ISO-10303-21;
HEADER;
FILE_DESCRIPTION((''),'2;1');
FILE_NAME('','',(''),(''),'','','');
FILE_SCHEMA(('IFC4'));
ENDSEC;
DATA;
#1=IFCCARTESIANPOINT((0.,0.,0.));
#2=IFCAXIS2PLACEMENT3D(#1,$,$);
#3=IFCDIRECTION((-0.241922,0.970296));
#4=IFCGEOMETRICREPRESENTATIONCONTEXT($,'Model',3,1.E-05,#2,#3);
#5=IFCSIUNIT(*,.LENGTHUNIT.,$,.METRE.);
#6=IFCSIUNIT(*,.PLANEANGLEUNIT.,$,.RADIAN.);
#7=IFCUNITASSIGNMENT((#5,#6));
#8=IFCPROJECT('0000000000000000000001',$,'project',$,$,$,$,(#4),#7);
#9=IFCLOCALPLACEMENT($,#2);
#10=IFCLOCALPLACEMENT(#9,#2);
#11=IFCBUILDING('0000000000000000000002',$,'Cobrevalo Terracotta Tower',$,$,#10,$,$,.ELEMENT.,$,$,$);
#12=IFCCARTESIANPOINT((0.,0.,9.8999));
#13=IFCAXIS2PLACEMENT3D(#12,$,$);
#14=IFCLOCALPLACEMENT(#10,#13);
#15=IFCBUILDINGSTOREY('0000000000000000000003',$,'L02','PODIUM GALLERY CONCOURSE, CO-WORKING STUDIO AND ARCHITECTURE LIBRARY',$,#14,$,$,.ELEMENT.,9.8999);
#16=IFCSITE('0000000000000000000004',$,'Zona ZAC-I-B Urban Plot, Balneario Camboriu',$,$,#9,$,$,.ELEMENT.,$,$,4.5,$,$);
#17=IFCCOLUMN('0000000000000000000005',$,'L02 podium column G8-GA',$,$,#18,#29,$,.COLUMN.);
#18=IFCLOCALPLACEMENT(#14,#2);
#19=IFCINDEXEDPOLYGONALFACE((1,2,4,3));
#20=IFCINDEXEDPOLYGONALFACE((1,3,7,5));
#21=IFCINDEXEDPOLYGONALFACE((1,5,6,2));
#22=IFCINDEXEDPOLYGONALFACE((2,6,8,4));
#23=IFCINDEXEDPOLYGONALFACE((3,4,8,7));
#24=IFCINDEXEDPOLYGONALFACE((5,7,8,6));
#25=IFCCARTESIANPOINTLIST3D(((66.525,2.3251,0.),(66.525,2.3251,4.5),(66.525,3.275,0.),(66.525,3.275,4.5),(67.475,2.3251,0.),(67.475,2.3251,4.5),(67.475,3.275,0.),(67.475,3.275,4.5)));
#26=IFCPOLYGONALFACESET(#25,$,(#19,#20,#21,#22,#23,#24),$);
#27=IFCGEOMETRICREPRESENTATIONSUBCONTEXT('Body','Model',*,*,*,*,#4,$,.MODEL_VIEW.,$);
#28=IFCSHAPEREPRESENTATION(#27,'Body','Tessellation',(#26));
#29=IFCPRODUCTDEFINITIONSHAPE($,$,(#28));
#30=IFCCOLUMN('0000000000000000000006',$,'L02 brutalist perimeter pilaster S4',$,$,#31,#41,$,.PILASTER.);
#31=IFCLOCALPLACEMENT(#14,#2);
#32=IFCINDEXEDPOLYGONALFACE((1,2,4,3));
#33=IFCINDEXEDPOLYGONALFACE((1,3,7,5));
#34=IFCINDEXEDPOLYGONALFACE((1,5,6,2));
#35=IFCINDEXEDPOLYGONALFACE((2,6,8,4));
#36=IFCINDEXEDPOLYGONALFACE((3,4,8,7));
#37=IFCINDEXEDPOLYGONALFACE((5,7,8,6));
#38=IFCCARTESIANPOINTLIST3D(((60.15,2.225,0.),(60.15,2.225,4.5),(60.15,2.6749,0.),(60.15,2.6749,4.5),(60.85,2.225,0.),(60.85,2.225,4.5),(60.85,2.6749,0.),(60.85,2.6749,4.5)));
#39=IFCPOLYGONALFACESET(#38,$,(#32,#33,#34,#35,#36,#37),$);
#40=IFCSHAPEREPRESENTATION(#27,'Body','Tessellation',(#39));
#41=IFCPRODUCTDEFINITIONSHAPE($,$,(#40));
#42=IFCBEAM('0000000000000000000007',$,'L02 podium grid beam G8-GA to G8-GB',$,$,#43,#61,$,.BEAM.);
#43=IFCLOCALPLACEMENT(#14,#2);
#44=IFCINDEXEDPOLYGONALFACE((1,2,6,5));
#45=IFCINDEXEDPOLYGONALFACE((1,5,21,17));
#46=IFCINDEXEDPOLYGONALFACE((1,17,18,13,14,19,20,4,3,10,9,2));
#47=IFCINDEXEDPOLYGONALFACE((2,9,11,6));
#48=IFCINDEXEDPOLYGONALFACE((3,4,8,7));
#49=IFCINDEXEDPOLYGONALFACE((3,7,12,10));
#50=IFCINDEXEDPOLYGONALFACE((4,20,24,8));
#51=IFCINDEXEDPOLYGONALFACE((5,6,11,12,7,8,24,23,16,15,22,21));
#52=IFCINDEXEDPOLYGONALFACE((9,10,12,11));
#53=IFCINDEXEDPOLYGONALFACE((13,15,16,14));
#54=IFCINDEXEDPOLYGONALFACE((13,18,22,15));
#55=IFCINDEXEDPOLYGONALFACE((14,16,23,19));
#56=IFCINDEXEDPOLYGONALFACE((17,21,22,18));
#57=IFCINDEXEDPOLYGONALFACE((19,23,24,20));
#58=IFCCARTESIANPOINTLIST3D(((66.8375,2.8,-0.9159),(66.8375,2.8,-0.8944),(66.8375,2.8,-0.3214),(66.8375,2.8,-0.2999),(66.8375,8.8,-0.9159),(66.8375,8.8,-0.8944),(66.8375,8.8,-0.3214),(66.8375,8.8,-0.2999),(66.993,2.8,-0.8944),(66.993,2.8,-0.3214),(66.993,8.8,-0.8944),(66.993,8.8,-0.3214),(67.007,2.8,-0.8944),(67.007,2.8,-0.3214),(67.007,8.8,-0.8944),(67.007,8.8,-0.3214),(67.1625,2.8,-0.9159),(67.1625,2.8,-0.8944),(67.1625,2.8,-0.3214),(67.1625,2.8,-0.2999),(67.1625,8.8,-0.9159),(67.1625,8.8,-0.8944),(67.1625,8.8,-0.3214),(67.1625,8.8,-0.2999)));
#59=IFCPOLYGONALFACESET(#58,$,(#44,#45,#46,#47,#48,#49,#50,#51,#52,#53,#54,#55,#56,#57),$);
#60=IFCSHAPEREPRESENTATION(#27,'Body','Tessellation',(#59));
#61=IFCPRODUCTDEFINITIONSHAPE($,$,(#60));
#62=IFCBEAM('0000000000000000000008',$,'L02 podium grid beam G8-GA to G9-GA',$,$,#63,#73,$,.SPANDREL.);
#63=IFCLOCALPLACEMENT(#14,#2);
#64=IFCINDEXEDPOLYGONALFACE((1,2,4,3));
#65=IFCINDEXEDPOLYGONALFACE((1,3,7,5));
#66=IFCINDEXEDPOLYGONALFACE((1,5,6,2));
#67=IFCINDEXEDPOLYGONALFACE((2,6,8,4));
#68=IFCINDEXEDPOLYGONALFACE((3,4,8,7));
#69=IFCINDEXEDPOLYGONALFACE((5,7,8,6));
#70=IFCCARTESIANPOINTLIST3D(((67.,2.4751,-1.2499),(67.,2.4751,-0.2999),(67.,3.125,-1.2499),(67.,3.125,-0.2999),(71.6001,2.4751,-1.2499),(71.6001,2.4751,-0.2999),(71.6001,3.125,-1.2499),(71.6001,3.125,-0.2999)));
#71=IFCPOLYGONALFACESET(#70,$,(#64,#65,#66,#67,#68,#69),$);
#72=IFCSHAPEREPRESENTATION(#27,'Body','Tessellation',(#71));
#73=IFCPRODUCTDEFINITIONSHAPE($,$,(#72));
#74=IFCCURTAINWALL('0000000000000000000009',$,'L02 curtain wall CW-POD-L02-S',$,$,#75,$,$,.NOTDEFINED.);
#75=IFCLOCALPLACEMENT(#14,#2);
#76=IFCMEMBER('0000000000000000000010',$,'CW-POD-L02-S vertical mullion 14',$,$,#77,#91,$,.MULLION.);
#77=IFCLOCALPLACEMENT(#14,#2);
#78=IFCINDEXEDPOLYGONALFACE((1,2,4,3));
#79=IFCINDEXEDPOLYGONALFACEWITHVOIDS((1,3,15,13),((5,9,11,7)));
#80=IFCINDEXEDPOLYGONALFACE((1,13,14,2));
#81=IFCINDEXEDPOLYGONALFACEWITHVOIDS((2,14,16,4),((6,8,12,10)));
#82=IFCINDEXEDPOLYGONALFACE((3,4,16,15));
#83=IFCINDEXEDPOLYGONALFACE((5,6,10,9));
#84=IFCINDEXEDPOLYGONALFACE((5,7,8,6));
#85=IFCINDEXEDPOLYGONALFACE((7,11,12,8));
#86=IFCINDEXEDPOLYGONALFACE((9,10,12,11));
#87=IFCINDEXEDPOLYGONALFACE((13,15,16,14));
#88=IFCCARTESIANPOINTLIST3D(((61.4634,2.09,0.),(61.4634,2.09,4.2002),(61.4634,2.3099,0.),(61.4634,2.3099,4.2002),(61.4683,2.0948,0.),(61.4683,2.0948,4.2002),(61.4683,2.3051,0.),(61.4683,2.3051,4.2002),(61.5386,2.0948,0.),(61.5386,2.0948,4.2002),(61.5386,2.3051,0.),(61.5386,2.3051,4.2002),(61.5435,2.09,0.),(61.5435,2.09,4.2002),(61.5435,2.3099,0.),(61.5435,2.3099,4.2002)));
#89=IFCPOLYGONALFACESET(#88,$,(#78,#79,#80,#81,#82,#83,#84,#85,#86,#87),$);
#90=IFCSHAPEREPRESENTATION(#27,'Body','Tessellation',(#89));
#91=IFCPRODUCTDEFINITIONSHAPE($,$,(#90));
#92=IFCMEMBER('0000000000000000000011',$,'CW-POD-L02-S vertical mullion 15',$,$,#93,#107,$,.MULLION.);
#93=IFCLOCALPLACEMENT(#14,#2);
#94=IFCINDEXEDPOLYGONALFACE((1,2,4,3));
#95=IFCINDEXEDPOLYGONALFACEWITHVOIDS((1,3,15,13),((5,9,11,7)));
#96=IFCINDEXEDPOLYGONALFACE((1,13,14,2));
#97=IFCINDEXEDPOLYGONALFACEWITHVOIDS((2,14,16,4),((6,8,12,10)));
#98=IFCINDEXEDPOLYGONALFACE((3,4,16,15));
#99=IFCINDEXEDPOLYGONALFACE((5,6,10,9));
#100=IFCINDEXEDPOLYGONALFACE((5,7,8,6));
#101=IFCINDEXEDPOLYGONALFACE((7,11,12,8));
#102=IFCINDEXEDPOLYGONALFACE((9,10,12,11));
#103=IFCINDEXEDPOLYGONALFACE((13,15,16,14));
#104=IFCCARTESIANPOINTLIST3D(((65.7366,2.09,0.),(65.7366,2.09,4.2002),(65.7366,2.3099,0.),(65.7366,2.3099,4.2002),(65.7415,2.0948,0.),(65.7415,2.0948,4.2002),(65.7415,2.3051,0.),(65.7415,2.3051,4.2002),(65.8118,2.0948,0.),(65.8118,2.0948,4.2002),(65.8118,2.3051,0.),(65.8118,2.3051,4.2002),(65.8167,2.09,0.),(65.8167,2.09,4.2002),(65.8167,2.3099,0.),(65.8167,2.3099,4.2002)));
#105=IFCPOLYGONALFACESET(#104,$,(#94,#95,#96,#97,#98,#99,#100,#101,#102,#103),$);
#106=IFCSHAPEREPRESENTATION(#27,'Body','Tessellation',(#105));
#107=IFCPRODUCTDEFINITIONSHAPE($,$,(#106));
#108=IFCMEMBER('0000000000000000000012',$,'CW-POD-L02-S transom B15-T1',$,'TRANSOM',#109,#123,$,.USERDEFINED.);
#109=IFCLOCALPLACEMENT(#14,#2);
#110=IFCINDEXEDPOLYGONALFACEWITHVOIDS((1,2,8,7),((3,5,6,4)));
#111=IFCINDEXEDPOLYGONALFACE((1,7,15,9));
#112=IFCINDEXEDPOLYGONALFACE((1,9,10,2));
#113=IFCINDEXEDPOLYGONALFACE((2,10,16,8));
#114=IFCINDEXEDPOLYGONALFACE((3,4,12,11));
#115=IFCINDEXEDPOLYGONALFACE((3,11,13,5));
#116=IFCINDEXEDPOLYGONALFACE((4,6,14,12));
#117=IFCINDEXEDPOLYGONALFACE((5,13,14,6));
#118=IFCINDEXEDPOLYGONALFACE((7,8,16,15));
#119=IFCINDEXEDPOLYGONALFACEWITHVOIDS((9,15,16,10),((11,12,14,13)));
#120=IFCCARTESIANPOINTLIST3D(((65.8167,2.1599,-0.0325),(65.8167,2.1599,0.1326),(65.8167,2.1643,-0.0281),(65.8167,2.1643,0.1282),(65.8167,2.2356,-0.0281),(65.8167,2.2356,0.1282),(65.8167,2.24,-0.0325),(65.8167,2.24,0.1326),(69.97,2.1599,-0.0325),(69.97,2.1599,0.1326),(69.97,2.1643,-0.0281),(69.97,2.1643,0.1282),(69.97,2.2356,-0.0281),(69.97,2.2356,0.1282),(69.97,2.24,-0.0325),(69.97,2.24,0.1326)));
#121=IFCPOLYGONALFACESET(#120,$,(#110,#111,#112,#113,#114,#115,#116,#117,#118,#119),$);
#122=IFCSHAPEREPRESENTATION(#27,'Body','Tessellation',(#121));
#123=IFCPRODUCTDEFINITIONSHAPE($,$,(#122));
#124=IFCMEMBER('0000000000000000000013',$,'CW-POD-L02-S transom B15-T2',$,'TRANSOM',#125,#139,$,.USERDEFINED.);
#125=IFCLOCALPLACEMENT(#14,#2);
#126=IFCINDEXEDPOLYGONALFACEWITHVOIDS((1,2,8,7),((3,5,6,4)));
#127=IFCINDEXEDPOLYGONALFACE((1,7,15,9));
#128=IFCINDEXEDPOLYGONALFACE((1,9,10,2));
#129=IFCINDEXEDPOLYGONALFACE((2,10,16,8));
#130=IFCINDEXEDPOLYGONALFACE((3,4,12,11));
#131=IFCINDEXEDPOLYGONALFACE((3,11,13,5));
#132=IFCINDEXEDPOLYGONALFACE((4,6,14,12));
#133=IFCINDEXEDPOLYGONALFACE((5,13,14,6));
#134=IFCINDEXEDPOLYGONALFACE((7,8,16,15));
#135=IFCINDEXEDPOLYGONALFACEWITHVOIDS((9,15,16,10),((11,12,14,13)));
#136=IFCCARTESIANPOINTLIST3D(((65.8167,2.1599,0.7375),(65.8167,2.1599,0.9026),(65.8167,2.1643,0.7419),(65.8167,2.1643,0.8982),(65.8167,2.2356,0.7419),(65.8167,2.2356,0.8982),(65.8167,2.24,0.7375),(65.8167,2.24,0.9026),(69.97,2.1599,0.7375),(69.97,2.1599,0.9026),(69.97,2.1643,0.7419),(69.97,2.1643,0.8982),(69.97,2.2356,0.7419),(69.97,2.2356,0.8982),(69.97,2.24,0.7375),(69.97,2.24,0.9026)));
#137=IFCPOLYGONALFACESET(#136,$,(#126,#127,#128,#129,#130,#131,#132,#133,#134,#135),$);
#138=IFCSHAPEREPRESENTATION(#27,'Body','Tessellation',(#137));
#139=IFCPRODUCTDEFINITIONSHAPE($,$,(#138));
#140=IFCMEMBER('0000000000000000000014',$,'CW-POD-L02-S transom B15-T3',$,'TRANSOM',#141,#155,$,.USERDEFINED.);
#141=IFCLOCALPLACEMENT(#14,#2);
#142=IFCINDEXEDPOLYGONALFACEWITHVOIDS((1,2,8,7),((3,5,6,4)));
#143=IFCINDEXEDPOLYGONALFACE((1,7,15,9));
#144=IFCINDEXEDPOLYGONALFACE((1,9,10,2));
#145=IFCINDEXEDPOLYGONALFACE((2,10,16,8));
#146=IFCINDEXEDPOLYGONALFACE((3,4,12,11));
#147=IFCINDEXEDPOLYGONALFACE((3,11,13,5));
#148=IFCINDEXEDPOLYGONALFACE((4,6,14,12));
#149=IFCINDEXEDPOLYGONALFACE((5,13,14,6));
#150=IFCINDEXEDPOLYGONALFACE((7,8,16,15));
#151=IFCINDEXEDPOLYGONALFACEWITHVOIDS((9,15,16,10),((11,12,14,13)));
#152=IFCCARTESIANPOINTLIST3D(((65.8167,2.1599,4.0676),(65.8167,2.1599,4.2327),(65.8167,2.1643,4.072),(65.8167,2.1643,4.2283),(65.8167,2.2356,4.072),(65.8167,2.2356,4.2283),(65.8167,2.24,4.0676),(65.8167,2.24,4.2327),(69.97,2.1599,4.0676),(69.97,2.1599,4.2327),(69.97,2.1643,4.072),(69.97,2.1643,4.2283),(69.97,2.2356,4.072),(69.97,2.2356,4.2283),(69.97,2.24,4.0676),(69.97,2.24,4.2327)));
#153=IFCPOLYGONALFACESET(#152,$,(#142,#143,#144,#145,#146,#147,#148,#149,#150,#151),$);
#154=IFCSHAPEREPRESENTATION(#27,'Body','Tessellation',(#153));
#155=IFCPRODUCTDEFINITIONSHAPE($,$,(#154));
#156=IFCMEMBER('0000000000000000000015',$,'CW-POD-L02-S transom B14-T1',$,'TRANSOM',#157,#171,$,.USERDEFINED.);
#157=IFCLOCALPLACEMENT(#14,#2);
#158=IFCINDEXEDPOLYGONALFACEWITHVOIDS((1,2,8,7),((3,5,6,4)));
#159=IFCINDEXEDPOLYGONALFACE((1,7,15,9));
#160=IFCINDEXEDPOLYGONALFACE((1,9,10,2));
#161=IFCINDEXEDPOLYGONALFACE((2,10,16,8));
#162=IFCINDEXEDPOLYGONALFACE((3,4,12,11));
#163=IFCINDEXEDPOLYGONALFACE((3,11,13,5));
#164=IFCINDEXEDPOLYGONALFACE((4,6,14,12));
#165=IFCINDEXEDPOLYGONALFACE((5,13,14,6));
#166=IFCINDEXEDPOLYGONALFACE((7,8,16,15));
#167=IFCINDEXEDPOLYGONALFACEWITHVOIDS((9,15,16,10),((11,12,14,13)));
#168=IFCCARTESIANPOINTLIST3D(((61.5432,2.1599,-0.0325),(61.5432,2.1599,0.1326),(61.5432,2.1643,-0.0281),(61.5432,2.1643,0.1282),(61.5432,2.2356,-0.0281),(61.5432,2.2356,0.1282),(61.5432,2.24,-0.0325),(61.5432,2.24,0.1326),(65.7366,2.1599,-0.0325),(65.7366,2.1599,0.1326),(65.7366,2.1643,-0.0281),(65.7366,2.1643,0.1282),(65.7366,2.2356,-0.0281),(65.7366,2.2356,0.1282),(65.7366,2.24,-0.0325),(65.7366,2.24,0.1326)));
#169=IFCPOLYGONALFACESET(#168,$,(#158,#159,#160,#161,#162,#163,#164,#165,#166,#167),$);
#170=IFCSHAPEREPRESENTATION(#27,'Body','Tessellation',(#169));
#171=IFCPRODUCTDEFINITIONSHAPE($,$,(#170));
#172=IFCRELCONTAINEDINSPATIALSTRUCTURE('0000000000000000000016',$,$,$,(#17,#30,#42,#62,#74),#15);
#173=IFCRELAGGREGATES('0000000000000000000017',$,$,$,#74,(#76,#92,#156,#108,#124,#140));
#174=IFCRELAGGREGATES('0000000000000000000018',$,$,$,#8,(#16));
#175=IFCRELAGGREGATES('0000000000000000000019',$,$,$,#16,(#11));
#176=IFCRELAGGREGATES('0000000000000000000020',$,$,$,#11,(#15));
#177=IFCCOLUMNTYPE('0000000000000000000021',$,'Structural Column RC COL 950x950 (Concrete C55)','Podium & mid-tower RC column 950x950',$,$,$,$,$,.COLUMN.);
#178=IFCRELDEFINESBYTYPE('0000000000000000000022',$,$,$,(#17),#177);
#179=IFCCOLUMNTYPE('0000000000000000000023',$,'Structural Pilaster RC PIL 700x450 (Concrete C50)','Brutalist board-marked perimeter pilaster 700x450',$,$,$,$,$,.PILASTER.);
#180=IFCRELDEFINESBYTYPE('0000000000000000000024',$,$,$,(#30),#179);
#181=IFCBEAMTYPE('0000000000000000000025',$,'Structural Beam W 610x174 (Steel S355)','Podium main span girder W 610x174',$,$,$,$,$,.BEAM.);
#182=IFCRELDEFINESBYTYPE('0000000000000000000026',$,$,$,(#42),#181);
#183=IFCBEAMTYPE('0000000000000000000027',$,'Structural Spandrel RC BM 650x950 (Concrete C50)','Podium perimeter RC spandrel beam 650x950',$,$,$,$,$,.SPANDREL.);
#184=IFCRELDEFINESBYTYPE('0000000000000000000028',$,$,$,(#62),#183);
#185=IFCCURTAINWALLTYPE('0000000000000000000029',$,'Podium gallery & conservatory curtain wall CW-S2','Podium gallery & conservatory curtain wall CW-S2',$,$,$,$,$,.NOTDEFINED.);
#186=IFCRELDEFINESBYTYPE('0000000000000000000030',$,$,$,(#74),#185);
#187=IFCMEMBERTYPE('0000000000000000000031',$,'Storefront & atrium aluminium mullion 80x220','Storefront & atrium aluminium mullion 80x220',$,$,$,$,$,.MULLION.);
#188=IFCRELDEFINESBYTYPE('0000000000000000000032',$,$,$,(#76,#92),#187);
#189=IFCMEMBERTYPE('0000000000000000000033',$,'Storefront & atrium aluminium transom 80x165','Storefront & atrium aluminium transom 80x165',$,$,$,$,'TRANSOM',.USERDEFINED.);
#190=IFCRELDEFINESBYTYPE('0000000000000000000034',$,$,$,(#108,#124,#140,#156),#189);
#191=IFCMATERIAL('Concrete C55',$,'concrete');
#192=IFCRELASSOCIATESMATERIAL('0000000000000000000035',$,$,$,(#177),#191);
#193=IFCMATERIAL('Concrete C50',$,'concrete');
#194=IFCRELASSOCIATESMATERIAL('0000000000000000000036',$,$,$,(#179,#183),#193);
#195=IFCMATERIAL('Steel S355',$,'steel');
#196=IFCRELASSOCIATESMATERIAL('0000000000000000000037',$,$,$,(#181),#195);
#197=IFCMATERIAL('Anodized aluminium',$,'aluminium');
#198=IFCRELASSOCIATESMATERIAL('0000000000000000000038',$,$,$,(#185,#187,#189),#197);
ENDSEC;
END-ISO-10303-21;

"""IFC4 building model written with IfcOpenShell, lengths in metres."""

from ifc_helpers import new_model, si_unit, direction, frame, origin, origin_2d, place, context, subcontext, project, spatial, rectangle, hollow_rectangle, i_section, extrude, source, transform, mapped, material, material_profile, profile_set, type_object, element, aggregate, save


model = new_model("IFC4")

# Units and contexts
model_context = context("Model", 3, precision=1e-05, world=origin(), true_north=direction((-0.241922, 0.970296)))
body_context = subcontext(model_context, "Body", "Model", "MODEL_VIEW")
ifc_project = project(units=[si_unit("LENGTHUNIT", "METRE"), si_unit("PLANEANGLEUNIT", "RADIAN")], contexts=[model_context])

# Site, building, storey
site_placement = place(None, origin())
site = spatial("IfcSite", under=ifc_project, at=site_placement, Name="Zona ZAC-I-B Urban Plot, Balneario Camboriu", CompositionType="ELEMENT", RefElevation=4.5)
building_placement = place(site_placement, origin())
building = spatial("IfcBuilding", under=site, at=building_placement, Name="Cobrevalo Terracotta Tower", CompositionType="ELEMENT")
storey_placement = place(building_placement, frame((0.0, 0.0, 9.8999)))
storey = spatial("IfcBuildingStorey", under=building, at=storey_placement, Name="L02", Description="PODIUM GALLERY CONCOURSE, CO-WORKING STUDIO AND ARCHITECTURE LIBRARY", CompositionType="ELEMENT", Elevation=9.8999)

# Columns
ifc_material_1 = material(Name="Concrete C55", Category="concrete")
ifc_material_profile_1 = material_profile(ifc_material_1, rectangle(XDim=0.95, YDim=0.95, at=origin_2d()), Name="RC COL 950x950")
ifc_profile_set_1 = profile_set([ifc_material_profile_1], Name="Concrete C55")
column_type_1 = type_object("IfcColumnType", Name="Structural Column RC COL 950x950 (Concrete C55)", Description="Podium & mid-tower RC column 950x950", PredefinedType="COLUMN", material=ifc_profile_set_1)
column_1_placement = place(storey_placement, frame((67.0, 2.8, 0.0), z_axis=(0.0, 0.0, 1.0), x_axis=(1.0, 0.0, 0.0)))
element("IfcColumn", 1, at=column_1_placement, inside=storey, type_object=column_type_1, Name="L02 podium column G8-GA", PredefinedType="COLUMN", context=body_context, shape_type="SweptSolid", body=[
    extrude(rectangle(XDim=0.95, YDim=0.95, at=origin_2d()), origin(), (0.0, 0.0, 1.0), 4.5),
])
ifc_material_2 = material(Name="Concrete C50", Category="concrete")
ifc_material_profile_2 = material_profile(ifc_material_2, rectangle(XDim=0.7, YDim=0.45, at=origin_2d()), Name="RC PIL 700x450")
ifc_profile_set_2 = profile_set([ifc_material_profile_2], Name="Concrete C50")
column_type_2 = type_object("IfcColumnType", Name="Structural Pilaster RC PIL 700x450 (Concrete C50)", Description="Brutalist board-marked perimeter pilaster 700x450", PredefinedType="PILASTER", material=ifc_profile_set_2)
column_2_placement = place(storey_placement, frame((60.5, 2.45, 0.0), z_axis=(0.0, 0.0, 1.0), x_axis=(1.0, 0.0, 0.0)))
element("IfcColumn", 2, at=column_2_placement, inside=storey, type_object=column_type_2, Name="L02 brutalist perimeter pilaster S4", PredefinedType="PILASTER", context=body_context, shape_type="SweptSolid", body=[
    extrude(rectangle(XDim=0.7, YDim=0.45, at=origin_2d()), origin(), (0.0, 0.0, 1.0), 4.5),
])

# Beams
ifc_material_3 = material(Name="Steel S355", Category="steel")
ifc_material_profile_3 = material_profile(ifc_material_3, i_section(OverallWidth=0.325, OverallDepth=0.616, WebThickness=0.0139, FlangeThickness=0.0215, at=origin_2d()), Name="W 610x174")
ifc_profile_set_3 = profile_set([ifc_material_profile_3], Name="Steel S355")
beam_type_1 = type_object("IfcBeamType", Name="Structural Beam W 610x174 (Steel S355)", Description="Podium main span girder W 610x174", PredefinedType="BEAM", material=ifc_profile_set_3)
beam_1_placement = place(storey_placement, frame((67.0, 2.8, -0.6079), z_axis=(0.0, 1.0, 0.0), x_axis=(-1.0, 0.0, 0.0)))
element("IfcBeam", 3, at=beam_1_placement, inside=storey, type_object=beam_type_1, Name="L02 podium grid beam G8-GA to G8-GB", PredefinedType="BEAM", context=body_context, shape_type="SweptSolid", body=[
    extrude(i_section(OverallWidth=0.325, OverallDepth=0.616, WebThickness=0.0139, FlangeThickness=0.0215, at=origin_2d()), origin(), (0.0, 0.0, 1.0), 6.0),
])
ifc_material_profile_4 = material_profile(ifc_material_2, rectangle(XDim=0.6499, YDim=0.95, at=origin_2d()), Name="RC BM 650x950")
ifc_profile_set_4 = profile_set([ifc_material_profile_4], Name="Concrete C50")
beam_type_2 = type_object("IfcBeamType", Name="Structural Spandrel RC BM 650x950 (Concrete C50)", Description="Podium perimeter RC spandrel beam 650x950", PredefinedType="SPANDREL", material=ifc_profile_set_4)
beam_2_placement = place(storey_placement, frame((67.0, 2.8, -0.7749), z_axis=(1.0, 0.0, 0.0), x_axis=(0.0, 1.0, 0.0)))
element("IfcBeam", 4, at=beam_2_placement, inside=storey, type_object=beam_type_2, Name="L02 podium grid beam G8-GA to G9-GA", PredefinedType="SPANDREL", context=body_context, shape_type="SweptSolid", body=[
    extrude(rectangle(XDim=0.6499, YDim=0.95, at=origin_2d()), origin(), (0.0, 0.0, 1.0), 4.6001),
])

# Curtain wall, members
ifc_material_4 = material(Name="Anodized aluminium", Category="aluminium")
curtain_wall_type = type_object("IfcCurtainWallType", Name="Podium gallery & conservatory curtain wall CW-S2", Description="Podium gallery & conservatory curtain wall CW-S2", PredefinedType="NOTDEFINED", material=ifc_material_4)
curtain_wall_placement = place(storey_placement, origin())
curtain_wall = element("IfcCurtainWall", 5, at=curtain_wall_placement, inside=storey, type_object=curtain_wall_type, Name="L02 curtain wall CW-POD-L02-S", PredefinedType="NOTDEFINED")
ifc_material_profile_5 = material_profile(ifc_material_4, hollow_rectangle(XDim=0.0801, YDim=0.22, WallThickness=0.0049, at=origin_2d()), Name="CWM 80x220")
ifc_profile_set_5 = profile_set([ifc_material_profile_5], Name="Anodized aluminium")
member_type_1 = type_object("IfcMemberType", Name="Storefront & atrium aluminium mullion 80x220", Description="Storefront & atrium aluminium mullion 80x220", PredefinedType="MULLION", material=ifc_profile_set_5)
shared_shape_1 = source(origin(), body_context, "Body", "SweptSolid", [
    extrude(hollow_rectangle(XDim=0.0801, YDim=0.22, WallThickness=0.0049, at=origin_2d()), origin(), (0.0, 0.0, 1.0), 4.2002),
])
member_1_placement = place(storey_placement, frame((61.5034, 2.2, 0.0), z_axis=(0.0, 0.0, 1.0), x_axis=(1.0, 0.0, 0.0)))
member_1 = element("IfcMember", 6, at=member_1_placement, type_object=member_type_1, Name="CW-POD-L02-S vertical mullion 14", PredefinedType="MULLION", context=body_context, shape_type="MappedRepresentation", body=[
    mapped(shared_shape_1, transform((0.0, 0.0, 0.0), scale=1.0)),
])
member_2_placement = place(storey_placement, frame((65.7766, 2.2, 0.0), z_axis=(0.0, 0.0, 1.0), x_axis=(1.0, 0.0, 0.0)))
member_2 = element("IfcMember", 7, at=member_2_placement, type_object=member_type_1, Name="CW-POD-L02-S vertical mullion 15", PredefinedType="MULLION", context=body_context, shape_type="MappedRepresentation", body=[
    mapped(shared_shape_1, transform((0.0, 0.0, 0.0), scale=1.0)),
])
ifc_material_profile_6 = material_profile(ifc_material_4, hollow_rectangle(XDim=0.0801, YDim=0.165, WallThickness=0.0044, at=origin_2d()), Name="CWT 80x165")
ifc_profile_set_6 = profile_set([ifc_material_profile_6], Name="Anodized aluminium")
member_type_2 = type_object("IfcMemberType", Name="Storefront & atrium aluminium transom 80x165", Description="Storefront & atrium aluminium transom 80x165", ElementType="TRANSOM", PredefinedType="USERDEFINED", material=ifc_profile_set_6)
shared_shape_2 = source(origin(), body_context, "Body", "SweptSolid", [
    extrude(hollow_rectangle(XDim=0.0801, YDim=0.165, WallThickness=0.0044, at=origin_2d()), origin(), (0.0, 0.0, 1.0), 4.1533),
])
member_3_placement = place(storey_placement, frame((65.8167, 2.2, 0.05), z_axis=(1.0, 0.0, 0.0), x_axis=(0.0, 1.0, 0.0)))
member_3 = element("IfcMember", 8, at=member_3_placement, type_object=member_type_2, Name="CW-POD-L02-S transom B15-T1", ObjectType="TRANSOM", PredefinedType="USERDEFINED", context=body_context, shape_type="MappedRepresentation", body=[
    mapped(shared_shape_2, transform((0.0, 0.0, 0.0), scale=1.0)),
])
member_4_placement = place(storey_placement, frame((65.8167, 2.2, 0.8201), z_axis=(1.0, 0.0, 0.0), x_axis=(0.0, 1.0, 0.0)))
member_4 = element("IfcMember", 9, at=member_4_placement, type_object=member_type_2, Name="CW-POD-L02-S transom B15-T2", ObjectType="TRANSOM", PredefinedType="USERDEFINED", context=body_context, shape_type="MappedRepresentation", body=[
    mapped(shared_shape_2, transform((0.0, 0.0, 0.0), scale=1.0)),
])
member_5_placement = place(storey_placement, frame((65.8167, 2.2, 4.1501), z_axis=(1.0, 0.0, 0.0), x_axis=(0.0, 1.0, 0.0)))
member_5 = element("IfcMember", 10, at=member_5_placement, type_object=member_type_2, Name="CW-POD-L02-S transom B15-T3", ObjectType="TRANSOM", PredefinedType="USERDEFINED", context=body_context, shape_type="MappedRepresentation", body=[
    mapped(shared_shape_2, transform((0.0, 0.0, 0.0), scale=1.0)),
])
shared_shape_3 = source(origin(), body_context, "Body", "SweptSolid", [
    extrude(hollow_rectangle(XDim=0.0801, YDim=0.165, WallThickness=0.0044, at=origin_2d()), origin(), (0.0, 0.0, 1.0), 4.1934),
])
member_6_placement = place(storey_placement, frame((61.5432, 2.2, 0.05), z_axis=(1.0, 0.0, 0.0), x_axis=(0.0, 1.0, 0.0)))
member_6 = element("IfcMember", 11, at=member_6_placement, type_object=member_type_2, Name="CW-POD-L02-S transom B14-T1", ObjectType="TRANSOM", PredefinedType="USERDEFINED", context=body_context, shape_type="MappedRepresentation", body=[
    mapped(shared_shape_3, transform((0.0, 0.0, 0.0), scale=1.0)),
])
aggregate(curtain_wall, [member_1, member_2, member_6, member_3, member_4, member_5])

save(model, "model.ifc")
